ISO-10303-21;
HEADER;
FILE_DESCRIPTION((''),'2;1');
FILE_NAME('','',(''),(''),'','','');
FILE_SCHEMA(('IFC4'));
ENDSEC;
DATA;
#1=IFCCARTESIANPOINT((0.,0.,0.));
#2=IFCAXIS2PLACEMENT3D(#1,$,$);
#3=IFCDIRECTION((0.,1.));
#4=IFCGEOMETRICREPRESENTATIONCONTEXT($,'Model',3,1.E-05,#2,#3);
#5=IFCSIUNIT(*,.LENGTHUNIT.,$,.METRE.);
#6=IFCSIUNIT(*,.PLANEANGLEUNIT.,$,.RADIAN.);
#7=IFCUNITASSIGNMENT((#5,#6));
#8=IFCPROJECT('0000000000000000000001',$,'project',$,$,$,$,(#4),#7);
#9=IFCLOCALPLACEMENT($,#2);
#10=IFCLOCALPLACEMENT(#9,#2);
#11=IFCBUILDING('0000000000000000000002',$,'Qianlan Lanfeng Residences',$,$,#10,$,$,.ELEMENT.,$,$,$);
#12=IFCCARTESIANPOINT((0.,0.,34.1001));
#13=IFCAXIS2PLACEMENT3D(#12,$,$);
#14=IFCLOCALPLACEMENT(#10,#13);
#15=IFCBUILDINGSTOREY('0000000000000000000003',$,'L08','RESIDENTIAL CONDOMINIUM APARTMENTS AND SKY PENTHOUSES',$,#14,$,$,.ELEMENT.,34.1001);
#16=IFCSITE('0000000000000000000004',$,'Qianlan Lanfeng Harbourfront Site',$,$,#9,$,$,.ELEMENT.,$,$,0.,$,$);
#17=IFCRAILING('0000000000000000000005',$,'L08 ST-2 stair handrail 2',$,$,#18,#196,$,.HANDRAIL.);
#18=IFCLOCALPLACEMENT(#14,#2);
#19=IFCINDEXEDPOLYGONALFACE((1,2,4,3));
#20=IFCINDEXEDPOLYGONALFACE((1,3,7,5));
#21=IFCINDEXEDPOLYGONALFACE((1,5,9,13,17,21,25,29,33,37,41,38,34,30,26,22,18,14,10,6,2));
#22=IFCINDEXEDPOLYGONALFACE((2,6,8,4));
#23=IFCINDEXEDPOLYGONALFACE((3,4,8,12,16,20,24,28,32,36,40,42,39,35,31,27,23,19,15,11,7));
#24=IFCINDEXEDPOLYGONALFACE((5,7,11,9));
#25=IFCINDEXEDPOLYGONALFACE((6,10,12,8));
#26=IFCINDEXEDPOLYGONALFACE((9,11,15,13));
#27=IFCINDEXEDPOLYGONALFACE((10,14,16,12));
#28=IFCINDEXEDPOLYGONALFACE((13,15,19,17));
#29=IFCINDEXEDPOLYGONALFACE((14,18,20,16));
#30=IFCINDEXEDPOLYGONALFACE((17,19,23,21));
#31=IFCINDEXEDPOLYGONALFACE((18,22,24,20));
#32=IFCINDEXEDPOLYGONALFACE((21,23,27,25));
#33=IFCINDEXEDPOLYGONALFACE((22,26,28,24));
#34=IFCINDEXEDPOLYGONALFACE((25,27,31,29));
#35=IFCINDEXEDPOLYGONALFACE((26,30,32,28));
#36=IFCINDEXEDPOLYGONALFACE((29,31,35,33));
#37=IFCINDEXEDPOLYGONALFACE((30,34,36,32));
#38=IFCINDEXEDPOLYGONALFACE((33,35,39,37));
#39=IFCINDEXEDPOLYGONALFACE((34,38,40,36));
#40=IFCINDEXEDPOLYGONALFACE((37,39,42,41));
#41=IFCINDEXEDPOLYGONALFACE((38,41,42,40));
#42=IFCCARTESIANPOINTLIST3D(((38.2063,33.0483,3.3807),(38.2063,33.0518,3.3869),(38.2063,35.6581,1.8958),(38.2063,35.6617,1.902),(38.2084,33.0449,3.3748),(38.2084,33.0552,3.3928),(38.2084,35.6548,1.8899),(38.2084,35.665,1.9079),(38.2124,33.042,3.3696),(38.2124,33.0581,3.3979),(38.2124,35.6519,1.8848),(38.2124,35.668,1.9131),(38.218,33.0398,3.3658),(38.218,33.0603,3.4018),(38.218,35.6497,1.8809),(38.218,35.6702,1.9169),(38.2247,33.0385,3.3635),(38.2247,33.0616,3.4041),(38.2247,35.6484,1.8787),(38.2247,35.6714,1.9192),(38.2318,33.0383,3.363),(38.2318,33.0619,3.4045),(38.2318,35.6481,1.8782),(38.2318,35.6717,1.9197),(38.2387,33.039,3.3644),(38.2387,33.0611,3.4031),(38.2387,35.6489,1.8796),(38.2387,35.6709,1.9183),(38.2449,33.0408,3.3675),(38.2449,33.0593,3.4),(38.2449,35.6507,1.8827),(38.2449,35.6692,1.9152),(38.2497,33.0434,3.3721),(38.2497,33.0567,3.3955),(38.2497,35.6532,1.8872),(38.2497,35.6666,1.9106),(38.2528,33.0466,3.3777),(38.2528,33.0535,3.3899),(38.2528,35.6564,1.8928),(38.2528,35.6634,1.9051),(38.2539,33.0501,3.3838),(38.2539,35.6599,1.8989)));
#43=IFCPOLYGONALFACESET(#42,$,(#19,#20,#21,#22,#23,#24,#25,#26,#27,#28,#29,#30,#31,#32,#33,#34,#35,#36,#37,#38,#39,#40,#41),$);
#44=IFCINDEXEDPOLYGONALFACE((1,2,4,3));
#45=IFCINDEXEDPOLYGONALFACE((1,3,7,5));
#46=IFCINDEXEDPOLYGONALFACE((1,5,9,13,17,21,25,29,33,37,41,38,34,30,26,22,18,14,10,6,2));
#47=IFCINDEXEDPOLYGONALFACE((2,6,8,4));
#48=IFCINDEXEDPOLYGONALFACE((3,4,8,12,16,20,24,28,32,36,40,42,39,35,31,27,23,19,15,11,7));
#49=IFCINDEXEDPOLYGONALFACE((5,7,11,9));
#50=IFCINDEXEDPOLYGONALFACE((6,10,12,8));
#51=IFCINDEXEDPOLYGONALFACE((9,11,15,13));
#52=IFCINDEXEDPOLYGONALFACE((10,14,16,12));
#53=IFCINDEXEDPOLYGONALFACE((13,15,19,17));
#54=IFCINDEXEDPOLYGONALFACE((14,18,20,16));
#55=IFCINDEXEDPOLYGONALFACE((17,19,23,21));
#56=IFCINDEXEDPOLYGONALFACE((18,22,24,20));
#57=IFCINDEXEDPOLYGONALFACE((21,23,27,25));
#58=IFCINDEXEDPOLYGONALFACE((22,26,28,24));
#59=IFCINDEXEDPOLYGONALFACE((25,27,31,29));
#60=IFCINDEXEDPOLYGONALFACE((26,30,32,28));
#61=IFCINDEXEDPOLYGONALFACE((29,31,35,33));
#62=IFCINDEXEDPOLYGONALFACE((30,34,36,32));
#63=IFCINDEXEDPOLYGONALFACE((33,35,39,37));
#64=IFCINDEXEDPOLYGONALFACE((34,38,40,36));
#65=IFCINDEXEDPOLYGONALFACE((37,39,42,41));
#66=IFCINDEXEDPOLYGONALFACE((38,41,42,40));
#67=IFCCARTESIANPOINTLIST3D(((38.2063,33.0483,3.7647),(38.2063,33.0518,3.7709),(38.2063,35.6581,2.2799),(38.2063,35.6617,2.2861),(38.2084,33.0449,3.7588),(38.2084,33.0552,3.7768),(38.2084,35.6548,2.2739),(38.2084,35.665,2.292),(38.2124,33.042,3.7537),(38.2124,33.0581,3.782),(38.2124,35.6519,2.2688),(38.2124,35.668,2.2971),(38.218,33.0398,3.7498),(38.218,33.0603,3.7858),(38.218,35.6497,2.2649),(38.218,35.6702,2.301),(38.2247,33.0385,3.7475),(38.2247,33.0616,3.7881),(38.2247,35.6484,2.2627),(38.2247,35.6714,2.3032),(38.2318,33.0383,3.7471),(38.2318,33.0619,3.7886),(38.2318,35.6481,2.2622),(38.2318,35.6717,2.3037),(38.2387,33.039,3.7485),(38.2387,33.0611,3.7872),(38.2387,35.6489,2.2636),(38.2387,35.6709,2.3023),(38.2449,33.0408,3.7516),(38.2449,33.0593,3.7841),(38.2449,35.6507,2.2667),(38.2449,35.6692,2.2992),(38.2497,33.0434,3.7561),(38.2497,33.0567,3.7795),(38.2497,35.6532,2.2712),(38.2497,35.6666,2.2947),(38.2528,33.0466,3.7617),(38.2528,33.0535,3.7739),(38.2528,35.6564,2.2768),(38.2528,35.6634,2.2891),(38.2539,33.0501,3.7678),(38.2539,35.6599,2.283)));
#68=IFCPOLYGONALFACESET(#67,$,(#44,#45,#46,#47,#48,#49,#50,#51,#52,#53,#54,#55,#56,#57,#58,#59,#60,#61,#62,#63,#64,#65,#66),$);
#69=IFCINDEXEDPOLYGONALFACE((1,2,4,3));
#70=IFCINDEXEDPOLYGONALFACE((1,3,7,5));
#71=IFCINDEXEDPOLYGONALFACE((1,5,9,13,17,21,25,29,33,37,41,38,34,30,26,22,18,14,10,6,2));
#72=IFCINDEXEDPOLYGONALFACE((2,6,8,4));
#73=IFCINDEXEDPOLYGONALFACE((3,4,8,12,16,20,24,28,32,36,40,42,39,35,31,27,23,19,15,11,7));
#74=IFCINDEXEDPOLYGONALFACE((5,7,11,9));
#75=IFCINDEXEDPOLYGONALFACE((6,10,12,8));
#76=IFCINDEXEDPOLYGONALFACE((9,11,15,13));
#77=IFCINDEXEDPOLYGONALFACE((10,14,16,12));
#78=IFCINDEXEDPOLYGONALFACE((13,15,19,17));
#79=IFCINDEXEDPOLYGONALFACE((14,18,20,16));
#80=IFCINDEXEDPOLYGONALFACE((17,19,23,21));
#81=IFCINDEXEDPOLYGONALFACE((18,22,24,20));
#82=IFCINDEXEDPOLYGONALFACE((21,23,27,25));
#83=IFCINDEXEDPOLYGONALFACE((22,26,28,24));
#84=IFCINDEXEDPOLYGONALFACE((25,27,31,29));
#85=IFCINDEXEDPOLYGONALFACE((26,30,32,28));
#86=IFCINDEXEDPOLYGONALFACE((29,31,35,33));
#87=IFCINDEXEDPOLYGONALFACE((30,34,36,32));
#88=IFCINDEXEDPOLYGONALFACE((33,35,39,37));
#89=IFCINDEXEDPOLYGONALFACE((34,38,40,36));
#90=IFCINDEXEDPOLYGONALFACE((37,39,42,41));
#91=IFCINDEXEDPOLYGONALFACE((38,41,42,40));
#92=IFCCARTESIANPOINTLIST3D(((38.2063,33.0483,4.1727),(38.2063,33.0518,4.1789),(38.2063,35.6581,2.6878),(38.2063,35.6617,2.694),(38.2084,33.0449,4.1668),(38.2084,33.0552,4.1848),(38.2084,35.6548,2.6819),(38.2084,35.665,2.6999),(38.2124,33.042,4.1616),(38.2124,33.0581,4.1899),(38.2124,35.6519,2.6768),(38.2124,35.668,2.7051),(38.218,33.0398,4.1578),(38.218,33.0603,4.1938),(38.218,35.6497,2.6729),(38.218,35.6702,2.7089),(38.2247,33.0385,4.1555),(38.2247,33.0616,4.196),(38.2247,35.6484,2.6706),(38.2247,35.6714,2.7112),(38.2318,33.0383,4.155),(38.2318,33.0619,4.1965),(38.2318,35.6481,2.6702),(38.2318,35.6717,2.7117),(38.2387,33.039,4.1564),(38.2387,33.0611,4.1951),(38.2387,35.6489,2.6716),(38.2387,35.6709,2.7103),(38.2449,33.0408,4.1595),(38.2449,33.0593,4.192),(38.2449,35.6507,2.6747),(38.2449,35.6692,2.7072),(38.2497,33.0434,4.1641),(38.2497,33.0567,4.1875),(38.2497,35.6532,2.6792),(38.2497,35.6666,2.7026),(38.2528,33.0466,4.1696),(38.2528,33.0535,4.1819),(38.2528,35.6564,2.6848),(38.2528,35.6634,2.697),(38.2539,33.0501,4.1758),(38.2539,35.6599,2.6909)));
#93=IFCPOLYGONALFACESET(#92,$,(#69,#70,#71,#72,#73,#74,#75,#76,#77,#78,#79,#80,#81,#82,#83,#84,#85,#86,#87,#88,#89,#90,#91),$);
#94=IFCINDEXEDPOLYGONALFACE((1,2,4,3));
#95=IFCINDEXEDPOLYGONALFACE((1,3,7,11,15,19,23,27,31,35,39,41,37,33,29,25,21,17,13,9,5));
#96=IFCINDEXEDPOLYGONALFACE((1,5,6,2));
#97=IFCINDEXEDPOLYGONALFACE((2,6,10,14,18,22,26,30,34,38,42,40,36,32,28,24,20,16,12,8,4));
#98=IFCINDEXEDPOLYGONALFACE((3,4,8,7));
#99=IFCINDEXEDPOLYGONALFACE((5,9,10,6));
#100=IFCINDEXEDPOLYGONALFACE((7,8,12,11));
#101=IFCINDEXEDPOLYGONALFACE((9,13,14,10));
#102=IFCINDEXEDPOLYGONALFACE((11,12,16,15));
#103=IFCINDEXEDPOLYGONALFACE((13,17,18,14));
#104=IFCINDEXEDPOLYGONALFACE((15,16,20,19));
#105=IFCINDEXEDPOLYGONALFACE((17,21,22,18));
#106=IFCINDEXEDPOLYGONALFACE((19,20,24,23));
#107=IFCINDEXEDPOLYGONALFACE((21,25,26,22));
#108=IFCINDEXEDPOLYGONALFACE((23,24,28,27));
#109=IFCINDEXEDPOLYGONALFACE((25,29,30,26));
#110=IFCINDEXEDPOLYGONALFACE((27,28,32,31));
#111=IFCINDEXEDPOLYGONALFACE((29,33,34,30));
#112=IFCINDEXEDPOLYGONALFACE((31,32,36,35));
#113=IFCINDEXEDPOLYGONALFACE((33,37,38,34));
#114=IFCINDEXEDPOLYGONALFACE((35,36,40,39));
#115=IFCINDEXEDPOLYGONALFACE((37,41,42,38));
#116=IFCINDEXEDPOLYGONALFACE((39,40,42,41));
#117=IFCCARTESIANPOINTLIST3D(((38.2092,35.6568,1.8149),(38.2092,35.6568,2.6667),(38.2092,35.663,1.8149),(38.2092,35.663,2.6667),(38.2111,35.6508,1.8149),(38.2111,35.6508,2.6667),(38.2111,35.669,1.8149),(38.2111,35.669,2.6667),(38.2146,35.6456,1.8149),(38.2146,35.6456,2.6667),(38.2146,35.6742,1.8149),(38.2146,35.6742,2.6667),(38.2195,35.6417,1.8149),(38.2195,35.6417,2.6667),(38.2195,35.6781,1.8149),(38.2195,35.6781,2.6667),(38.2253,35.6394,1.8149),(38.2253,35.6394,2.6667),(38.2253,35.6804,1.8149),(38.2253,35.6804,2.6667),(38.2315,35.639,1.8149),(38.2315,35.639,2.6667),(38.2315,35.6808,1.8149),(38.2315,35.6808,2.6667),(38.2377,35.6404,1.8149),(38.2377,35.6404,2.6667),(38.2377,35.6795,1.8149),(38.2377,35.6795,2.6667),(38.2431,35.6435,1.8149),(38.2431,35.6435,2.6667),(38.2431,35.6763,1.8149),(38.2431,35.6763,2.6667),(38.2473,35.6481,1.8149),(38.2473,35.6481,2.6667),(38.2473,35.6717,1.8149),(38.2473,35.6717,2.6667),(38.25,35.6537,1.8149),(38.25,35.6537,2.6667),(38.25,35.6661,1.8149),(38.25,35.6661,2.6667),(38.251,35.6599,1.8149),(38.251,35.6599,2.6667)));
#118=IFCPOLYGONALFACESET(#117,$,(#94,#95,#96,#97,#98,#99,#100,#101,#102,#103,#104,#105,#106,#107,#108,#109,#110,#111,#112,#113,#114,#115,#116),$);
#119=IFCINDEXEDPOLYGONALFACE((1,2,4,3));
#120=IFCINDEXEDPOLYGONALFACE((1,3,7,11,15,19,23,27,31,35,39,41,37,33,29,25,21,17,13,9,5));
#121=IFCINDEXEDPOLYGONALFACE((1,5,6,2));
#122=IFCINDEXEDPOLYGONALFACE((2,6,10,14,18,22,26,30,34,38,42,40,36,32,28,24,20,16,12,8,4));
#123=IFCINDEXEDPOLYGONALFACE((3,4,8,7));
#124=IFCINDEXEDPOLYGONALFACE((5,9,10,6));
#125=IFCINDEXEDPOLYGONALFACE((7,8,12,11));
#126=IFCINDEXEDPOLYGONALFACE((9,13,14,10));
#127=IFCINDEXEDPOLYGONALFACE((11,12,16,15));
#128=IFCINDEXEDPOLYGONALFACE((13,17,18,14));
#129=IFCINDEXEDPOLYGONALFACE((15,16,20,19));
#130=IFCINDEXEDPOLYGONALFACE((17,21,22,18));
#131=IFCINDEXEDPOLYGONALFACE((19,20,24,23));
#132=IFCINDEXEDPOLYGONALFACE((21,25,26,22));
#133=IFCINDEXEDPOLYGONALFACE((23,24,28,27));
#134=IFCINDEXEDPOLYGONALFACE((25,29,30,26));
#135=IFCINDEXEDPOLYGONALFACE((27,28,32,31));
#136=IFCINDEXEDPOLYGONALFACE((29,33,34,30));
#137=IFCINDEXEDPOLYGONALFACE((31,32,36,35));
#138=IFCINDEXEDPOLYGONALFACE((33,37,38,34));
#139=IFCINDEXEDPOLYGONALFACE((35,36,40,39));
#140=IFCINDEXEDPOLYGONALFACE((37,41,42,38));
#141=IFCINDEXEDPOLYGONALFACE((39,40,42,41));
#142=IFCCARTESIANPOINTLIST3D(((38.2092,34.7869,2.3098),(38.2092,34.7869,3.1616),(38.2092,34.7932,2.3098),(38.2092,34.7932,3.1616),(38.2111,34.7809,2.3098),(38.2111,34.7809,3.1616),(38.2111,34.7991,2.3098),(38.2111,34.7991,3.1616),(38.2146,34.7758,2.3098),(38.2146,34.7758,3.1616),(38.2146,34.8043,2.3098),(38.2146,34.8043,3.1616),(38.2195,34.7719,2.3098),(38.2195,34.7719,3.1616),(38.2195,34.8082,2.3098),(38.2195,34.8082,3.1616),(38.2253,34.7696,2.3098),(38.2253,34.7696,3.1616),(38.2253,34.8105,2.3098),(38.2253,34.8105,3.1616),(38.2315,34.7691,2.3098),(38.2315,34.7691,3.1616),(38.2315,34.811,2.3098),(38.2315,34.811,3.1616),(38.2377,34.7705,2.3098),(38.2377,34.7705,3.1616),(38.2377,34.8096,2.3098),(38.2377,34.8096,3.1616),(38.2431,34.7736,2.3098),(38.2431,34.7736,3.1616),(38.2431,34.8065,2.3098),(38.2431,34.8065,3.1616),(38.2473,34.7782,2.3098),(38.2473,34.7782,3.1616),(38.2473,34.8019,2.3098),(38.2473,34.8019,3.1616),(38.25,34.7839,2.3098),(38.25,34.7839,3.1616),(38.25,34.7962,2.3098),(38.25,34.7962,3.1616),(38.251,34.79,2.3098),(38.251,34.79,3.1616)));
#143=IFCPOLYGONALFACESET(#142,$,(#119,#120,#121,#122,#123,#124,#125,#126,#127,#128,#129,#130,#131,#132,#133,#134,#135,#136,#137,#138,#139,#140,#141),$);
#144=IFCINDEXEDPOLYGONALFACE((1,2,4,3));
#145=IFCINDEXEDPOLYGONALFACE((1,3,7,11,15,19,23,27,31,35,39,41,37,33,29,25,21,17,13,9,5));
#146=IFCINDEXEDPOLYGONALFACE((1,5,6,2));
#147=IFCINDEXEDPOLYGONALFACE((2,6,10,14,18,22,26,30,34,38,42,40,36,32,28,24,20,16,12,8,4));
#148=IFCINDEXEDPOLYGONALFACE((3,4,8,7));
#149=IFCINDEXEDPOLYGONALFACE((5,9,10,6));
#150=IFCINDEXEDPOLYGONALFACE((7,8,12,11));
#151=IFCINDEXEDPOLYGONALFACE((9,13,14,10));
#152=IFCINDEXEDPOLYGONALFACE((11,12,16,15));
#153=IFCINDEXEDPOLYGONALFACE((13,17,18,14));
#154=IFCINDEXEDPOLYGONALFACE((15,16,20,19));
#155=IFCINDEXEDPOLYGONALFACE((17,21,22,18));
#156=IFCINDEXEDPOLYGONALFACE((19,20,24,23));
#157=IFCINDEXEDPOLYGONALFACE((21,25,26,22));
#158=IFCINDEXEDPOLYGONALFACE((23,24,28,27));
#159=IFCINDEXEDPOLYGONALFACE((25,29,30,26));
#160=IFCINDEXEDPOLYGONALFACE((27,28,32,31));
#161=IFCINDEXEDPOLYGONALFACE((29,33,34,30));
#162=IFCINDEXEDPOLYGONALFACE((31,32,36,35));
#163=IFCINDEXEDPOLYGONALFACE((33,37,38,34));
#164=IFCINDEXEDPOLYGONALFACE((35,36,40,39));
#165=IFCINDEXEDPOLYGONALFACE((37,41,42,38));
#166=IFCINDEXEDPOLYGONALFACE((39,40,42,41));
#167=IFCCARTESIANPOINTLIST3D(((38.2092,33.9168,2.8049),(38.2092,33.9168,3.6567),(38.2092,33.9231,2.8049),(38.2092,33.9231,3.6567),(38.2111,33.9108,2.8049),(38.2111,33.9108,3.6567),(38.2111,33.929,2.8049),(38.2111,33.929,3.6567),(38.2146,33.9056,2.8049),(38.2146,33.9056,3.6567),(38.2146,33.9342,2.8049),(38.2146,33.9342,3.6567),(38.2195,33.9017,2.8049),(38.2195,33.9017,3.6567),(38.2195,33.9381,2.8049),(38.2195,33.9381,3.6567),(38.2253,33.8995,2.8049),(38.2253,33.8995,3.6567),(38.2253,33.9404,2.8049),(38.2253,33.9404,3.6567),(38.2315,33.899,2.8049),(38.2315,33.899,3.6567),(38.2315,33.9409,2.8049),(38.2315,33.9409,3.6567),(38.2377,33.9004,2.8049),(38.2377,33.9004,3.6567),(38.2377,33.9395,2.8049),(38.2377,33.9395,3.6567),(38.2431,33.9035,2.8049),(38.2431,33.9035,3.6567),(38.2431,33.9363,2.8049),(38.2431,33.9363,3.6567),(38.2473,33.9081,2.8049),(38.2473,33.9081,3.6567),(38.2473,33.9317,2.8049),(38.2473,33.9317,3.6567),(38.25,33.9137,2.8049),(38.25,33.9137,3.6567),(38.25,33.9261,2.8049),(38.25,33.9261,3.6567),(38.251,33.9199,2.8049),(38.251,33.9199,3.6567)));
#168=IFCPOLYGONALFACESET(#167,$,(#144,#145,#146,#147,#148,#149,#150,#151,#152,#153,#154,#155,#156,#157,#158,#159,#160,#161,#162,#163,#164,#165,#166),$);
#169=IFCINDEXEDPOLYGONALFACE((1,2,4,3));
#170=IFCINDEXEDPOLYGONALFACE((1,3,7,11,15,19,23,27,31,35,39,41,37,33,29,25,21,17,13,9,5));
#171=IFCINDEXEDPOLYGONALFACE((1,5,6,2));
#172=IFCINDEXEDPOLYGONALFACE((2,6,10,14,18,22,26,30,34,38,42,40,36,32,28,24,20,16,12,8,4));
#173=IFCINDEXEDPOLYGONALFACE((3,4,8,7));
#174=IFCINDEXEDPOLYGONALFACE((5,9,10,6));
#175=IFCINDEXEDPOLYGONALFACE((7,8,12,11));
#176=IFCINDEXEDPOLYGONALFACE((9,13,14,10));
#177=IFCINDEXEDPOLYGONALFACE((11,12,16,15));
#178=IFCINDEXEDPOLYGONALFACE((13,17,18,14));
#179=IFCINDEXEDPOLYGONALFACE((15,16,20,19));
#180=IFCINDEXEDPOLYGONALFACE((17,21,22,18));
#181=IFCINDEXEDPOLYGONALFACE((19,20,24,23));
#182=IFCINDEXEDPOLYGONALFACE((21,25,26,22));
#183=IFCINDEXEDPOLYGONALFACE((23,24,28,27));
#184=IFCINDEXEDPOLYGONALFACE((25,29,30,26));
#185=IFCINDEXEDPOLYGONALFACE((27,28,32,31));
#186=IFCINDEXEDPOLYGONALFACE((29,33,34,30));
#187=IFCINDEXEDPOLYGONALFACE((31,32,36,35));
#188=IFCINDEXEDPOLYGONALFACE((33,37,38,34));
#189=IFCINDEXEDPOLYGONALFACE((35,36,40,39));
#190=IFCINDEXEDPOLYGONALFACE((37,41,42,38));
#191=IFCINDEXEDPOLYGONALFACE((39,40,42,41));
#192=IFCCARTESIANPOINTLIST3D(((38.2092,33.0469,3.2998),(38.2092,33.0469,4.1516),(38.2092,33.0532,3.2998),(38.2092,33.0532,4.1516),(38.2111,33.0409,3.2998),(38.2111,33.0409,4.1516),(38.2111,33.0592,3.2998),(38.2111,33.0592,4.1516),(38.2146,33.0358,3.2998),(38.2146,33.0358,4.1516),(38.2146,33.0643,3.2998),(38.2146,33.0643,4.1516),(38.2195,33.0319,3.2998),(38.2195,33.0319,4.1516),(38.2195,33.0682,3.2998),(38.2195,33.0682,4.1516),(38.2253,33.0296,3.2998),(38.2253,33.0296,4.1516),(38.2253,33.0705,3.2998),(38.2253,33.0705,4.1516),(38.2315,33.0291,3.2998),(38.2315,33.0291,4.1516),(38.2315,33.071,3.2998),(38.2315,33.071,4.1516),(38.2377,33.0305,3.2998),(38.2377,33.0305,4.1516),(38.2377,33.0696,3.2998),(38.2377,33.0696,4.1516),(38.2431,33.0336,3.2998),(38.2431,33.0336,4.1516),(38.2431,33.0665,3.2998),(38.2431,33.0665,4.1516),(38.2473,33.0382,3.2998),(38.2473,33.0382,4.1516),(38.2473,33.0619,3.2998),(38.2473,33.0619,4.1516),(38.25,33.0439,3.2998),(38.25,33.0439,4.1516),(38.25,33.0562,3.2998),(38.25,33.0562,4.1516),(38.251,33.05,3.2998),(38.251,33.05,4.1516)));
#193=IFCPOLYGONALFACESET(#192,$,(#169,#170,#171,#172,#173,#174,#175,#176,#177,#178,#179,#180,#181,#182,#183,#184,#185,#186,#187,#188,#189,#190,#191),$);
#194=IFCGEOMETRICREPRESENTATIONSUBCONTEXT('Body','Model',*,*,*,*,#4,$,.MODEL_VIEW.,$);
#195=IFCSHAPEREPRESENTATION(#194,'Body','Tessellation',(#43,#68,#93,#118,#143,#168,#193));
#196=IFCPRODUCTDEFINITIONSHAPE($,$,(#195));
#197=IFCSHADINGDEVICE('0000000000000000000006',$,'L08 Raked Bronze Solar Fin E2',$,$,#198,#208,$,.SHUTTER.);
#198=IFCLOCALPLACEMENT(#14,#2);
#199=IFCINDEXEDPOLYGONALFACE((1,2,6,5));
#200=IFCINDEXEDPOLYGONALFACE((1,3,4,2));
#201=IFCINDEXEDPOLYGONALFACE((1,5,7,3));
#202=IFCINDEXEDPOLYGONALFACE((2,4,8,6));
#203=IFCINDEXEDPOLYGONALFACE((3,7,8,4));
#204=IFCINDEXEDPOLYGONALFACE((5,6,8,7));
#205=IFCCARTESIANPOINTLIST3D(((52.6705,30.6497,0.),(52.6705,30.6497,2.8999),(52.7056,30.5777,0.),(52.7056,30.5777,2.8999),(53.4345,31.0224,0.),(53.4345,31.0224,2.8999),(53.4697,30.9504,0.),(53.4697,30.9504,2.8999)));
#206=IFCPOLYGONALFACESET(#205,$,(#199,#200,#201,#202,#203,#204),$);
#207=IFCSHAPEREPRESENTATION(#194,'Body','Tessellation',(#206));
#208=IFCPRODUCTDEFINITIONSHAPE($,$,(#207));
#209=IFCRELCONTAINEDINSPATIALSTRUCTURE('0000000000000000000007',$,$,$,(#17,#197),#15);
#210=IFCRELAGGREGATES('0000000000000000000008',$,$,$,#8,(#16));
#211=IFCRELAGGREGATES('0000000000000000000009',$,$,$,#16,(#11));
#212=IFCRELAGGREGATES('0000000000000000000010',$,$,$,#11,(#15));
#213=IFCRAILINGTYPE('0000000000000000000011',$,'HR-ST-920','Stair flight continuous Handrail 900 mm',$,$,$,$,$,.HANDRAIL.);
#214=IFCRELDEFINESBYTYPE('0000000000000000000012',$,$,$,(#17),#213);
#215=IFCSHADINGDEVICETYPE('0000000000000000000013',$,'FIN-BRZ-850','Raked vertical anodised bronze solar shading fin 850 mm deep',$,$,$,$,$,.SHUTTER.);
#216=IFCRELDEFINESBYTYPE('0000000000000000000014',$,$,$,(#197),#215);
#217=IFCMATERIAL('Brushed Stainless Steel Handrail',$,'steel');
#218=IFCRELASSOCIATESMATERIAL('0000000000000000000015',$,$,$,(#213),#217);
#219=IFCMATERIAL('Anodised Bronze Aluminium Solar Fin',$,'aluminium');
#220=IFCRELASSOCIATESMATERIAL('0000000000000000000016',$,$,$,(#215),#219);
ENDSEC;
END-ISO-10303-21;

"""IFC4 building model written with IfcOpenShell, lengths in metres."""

from ifc_helpers import new_model, si_unit, direction, frame, origin, origin_2d, place, context, subcontext, project, spatial, rectangle, circle, extrude, source, transform, mapped, material, type_object, element, save


model = new_model("IFC4")

# Units and contexts
model_context = context("Model", 3, precision=1e-05, world=origin(), true_north=direction((0.0, 1.0)))
body_context = subcontext(model_context, "Body", "Model", "MODEL_VIEW")
ifc_project = project(units=[si_unit("LENGTHUNIT", "METRE"), si_unit("PLANEANGLEUNIT", "RADIAN")], contexts=[model_context])

# Site, building, storey
site_placement = place(None, origin())
site = spatial("IfcSite", under=ifc_project, at=site_placement, Name="Qianlan Lanfeng Harbourfront Site", CompositionType="ELEMENT", RefElevation=0.0)
building_placement = place(site_placement, origin())
building = spatial("IfcBuilding", under=site, at=building_placement, Name="Qianlan Lanfeng Residences", CompositionType="ELEMENT")
storey_placement = place(building_placement, frame((0.0, 0.0, 34.1001)))
storey = spatial("IfcBuildingStorey", under=building, at=storey_placement, Name="L08", Description="RESIDENTIAL CONDOMINIUM APARTMENTS AND SKY PENTHOUSES", CompositionType="ELEMENT", Elevation=34.1001)

# Railing
ifc_material_1 = material(Name="Brushed Stainless Steel Handrail", Category="steel")
railing_type_1 = type_object("IfcRailingType", Name="HR-ST-920", Description="Stair flight continuous Handrail 900 mm", PredefinedType="HANDRAIL", material=ifc_material_1)
railing_1_placement = place(storey_placement, frame((38.23, 35.6599, 1.8149)))
element("IfcRailing", 1, at=railing_1_placement, inside=storey, type_object=railing_type_1, Name="L08 ST-2 stair handrail 2", PredefinedType="HANDRAIL", context=body_context, shape_type="SweptSolid", body=[
    extrude(circle(Radius=0.0239, at=origin_2d()), frame((0.0, 0.0, 0.084), z_axis=(0.0, -0.869172, 0.494509), x_axis=(1.0, 0.0, 0.0)), (0.0, 0.0, 1.0), 3.0027),
    extrude(circle(Radius=0.0239, at=origin_2d()), frame((0.0, 0.0, 0.468), z_axis=(0.0, -0.869172, 0.494509), x_axis=(1.0, 0.0, 0.0)), (0.0, 0.0, 1.0), 3.0027),
    extrude(circle(Radius=0.0239, at=origin_2d()), frame((0.0, 0.0, 0.876), z_axis=(0.0, -0.869172, 0.494509), x_axis=(1.0, 0.0, 0.0)), (0.0, 0.0, 1.0), 3.0027),
    extrude(circle(Radius=0.021, at=origin_2d()), origin(), (0.0, 0.0, 1.0), 0.8518),
    extrude(circle(Radius=0.021, at=origin_2d()), frame((0.0, -0.8699, 0.4949)), (0.0, 0.0, 1.0), 0.8518),
    extrude(circle(Radius=0.021, at=origin_2d()), frame((0.0, -1.74, 0.99)), (0.0, 0.0, 1.0), 0.8518),
    extrude(circle(Radius=0.021, at=origin_2d()), frame((0.0, -2.6099, 1.4849)), (0.0, 0.0, 1.0), 0.8518),
])

# Shading device
ifc_material_2 = material(Name="Anodised Bronze Aluminium Solar Fin", Category="aluminium")
shading_device_type = type_object("IfcShadingDeviceType", Name="FIN-BRZ-850", Description="Raked vertical anodised bronze solar shading fin 850 mm deep", PredefinedType="SHUTTER", material=ifc_material_2)
shared_shape = source(origin(), body_context, "Body", "SweptSolid", [
    extrude(rectangle(XDim=0.8501, YDim=0.0801, at=origin_2d()), origin(), (0.0, 0.0, 1.0), 2.8999),
])
shading_device_placement = place(storey_placement, frame((53.0701, 30.8, 0.0), z_axis=(0.0, 0.0, 1.0), x_axis=(0.898794, 0.438371, 0.0)))
element("IfcShadingDevice", 2, at=shading_device_placement, inside=storey, type_object=shading_device_type, Name="L08 Raked Bronze Solar Fin E2", PredefinedType="SHUTTER", context=body_context, shape_type="MappedRepresentation", body=[
    mapped(shared_shape, transform((0.0, 0.0, 0.0), scale=1.0)),
])

save(model, "model.ifc")
